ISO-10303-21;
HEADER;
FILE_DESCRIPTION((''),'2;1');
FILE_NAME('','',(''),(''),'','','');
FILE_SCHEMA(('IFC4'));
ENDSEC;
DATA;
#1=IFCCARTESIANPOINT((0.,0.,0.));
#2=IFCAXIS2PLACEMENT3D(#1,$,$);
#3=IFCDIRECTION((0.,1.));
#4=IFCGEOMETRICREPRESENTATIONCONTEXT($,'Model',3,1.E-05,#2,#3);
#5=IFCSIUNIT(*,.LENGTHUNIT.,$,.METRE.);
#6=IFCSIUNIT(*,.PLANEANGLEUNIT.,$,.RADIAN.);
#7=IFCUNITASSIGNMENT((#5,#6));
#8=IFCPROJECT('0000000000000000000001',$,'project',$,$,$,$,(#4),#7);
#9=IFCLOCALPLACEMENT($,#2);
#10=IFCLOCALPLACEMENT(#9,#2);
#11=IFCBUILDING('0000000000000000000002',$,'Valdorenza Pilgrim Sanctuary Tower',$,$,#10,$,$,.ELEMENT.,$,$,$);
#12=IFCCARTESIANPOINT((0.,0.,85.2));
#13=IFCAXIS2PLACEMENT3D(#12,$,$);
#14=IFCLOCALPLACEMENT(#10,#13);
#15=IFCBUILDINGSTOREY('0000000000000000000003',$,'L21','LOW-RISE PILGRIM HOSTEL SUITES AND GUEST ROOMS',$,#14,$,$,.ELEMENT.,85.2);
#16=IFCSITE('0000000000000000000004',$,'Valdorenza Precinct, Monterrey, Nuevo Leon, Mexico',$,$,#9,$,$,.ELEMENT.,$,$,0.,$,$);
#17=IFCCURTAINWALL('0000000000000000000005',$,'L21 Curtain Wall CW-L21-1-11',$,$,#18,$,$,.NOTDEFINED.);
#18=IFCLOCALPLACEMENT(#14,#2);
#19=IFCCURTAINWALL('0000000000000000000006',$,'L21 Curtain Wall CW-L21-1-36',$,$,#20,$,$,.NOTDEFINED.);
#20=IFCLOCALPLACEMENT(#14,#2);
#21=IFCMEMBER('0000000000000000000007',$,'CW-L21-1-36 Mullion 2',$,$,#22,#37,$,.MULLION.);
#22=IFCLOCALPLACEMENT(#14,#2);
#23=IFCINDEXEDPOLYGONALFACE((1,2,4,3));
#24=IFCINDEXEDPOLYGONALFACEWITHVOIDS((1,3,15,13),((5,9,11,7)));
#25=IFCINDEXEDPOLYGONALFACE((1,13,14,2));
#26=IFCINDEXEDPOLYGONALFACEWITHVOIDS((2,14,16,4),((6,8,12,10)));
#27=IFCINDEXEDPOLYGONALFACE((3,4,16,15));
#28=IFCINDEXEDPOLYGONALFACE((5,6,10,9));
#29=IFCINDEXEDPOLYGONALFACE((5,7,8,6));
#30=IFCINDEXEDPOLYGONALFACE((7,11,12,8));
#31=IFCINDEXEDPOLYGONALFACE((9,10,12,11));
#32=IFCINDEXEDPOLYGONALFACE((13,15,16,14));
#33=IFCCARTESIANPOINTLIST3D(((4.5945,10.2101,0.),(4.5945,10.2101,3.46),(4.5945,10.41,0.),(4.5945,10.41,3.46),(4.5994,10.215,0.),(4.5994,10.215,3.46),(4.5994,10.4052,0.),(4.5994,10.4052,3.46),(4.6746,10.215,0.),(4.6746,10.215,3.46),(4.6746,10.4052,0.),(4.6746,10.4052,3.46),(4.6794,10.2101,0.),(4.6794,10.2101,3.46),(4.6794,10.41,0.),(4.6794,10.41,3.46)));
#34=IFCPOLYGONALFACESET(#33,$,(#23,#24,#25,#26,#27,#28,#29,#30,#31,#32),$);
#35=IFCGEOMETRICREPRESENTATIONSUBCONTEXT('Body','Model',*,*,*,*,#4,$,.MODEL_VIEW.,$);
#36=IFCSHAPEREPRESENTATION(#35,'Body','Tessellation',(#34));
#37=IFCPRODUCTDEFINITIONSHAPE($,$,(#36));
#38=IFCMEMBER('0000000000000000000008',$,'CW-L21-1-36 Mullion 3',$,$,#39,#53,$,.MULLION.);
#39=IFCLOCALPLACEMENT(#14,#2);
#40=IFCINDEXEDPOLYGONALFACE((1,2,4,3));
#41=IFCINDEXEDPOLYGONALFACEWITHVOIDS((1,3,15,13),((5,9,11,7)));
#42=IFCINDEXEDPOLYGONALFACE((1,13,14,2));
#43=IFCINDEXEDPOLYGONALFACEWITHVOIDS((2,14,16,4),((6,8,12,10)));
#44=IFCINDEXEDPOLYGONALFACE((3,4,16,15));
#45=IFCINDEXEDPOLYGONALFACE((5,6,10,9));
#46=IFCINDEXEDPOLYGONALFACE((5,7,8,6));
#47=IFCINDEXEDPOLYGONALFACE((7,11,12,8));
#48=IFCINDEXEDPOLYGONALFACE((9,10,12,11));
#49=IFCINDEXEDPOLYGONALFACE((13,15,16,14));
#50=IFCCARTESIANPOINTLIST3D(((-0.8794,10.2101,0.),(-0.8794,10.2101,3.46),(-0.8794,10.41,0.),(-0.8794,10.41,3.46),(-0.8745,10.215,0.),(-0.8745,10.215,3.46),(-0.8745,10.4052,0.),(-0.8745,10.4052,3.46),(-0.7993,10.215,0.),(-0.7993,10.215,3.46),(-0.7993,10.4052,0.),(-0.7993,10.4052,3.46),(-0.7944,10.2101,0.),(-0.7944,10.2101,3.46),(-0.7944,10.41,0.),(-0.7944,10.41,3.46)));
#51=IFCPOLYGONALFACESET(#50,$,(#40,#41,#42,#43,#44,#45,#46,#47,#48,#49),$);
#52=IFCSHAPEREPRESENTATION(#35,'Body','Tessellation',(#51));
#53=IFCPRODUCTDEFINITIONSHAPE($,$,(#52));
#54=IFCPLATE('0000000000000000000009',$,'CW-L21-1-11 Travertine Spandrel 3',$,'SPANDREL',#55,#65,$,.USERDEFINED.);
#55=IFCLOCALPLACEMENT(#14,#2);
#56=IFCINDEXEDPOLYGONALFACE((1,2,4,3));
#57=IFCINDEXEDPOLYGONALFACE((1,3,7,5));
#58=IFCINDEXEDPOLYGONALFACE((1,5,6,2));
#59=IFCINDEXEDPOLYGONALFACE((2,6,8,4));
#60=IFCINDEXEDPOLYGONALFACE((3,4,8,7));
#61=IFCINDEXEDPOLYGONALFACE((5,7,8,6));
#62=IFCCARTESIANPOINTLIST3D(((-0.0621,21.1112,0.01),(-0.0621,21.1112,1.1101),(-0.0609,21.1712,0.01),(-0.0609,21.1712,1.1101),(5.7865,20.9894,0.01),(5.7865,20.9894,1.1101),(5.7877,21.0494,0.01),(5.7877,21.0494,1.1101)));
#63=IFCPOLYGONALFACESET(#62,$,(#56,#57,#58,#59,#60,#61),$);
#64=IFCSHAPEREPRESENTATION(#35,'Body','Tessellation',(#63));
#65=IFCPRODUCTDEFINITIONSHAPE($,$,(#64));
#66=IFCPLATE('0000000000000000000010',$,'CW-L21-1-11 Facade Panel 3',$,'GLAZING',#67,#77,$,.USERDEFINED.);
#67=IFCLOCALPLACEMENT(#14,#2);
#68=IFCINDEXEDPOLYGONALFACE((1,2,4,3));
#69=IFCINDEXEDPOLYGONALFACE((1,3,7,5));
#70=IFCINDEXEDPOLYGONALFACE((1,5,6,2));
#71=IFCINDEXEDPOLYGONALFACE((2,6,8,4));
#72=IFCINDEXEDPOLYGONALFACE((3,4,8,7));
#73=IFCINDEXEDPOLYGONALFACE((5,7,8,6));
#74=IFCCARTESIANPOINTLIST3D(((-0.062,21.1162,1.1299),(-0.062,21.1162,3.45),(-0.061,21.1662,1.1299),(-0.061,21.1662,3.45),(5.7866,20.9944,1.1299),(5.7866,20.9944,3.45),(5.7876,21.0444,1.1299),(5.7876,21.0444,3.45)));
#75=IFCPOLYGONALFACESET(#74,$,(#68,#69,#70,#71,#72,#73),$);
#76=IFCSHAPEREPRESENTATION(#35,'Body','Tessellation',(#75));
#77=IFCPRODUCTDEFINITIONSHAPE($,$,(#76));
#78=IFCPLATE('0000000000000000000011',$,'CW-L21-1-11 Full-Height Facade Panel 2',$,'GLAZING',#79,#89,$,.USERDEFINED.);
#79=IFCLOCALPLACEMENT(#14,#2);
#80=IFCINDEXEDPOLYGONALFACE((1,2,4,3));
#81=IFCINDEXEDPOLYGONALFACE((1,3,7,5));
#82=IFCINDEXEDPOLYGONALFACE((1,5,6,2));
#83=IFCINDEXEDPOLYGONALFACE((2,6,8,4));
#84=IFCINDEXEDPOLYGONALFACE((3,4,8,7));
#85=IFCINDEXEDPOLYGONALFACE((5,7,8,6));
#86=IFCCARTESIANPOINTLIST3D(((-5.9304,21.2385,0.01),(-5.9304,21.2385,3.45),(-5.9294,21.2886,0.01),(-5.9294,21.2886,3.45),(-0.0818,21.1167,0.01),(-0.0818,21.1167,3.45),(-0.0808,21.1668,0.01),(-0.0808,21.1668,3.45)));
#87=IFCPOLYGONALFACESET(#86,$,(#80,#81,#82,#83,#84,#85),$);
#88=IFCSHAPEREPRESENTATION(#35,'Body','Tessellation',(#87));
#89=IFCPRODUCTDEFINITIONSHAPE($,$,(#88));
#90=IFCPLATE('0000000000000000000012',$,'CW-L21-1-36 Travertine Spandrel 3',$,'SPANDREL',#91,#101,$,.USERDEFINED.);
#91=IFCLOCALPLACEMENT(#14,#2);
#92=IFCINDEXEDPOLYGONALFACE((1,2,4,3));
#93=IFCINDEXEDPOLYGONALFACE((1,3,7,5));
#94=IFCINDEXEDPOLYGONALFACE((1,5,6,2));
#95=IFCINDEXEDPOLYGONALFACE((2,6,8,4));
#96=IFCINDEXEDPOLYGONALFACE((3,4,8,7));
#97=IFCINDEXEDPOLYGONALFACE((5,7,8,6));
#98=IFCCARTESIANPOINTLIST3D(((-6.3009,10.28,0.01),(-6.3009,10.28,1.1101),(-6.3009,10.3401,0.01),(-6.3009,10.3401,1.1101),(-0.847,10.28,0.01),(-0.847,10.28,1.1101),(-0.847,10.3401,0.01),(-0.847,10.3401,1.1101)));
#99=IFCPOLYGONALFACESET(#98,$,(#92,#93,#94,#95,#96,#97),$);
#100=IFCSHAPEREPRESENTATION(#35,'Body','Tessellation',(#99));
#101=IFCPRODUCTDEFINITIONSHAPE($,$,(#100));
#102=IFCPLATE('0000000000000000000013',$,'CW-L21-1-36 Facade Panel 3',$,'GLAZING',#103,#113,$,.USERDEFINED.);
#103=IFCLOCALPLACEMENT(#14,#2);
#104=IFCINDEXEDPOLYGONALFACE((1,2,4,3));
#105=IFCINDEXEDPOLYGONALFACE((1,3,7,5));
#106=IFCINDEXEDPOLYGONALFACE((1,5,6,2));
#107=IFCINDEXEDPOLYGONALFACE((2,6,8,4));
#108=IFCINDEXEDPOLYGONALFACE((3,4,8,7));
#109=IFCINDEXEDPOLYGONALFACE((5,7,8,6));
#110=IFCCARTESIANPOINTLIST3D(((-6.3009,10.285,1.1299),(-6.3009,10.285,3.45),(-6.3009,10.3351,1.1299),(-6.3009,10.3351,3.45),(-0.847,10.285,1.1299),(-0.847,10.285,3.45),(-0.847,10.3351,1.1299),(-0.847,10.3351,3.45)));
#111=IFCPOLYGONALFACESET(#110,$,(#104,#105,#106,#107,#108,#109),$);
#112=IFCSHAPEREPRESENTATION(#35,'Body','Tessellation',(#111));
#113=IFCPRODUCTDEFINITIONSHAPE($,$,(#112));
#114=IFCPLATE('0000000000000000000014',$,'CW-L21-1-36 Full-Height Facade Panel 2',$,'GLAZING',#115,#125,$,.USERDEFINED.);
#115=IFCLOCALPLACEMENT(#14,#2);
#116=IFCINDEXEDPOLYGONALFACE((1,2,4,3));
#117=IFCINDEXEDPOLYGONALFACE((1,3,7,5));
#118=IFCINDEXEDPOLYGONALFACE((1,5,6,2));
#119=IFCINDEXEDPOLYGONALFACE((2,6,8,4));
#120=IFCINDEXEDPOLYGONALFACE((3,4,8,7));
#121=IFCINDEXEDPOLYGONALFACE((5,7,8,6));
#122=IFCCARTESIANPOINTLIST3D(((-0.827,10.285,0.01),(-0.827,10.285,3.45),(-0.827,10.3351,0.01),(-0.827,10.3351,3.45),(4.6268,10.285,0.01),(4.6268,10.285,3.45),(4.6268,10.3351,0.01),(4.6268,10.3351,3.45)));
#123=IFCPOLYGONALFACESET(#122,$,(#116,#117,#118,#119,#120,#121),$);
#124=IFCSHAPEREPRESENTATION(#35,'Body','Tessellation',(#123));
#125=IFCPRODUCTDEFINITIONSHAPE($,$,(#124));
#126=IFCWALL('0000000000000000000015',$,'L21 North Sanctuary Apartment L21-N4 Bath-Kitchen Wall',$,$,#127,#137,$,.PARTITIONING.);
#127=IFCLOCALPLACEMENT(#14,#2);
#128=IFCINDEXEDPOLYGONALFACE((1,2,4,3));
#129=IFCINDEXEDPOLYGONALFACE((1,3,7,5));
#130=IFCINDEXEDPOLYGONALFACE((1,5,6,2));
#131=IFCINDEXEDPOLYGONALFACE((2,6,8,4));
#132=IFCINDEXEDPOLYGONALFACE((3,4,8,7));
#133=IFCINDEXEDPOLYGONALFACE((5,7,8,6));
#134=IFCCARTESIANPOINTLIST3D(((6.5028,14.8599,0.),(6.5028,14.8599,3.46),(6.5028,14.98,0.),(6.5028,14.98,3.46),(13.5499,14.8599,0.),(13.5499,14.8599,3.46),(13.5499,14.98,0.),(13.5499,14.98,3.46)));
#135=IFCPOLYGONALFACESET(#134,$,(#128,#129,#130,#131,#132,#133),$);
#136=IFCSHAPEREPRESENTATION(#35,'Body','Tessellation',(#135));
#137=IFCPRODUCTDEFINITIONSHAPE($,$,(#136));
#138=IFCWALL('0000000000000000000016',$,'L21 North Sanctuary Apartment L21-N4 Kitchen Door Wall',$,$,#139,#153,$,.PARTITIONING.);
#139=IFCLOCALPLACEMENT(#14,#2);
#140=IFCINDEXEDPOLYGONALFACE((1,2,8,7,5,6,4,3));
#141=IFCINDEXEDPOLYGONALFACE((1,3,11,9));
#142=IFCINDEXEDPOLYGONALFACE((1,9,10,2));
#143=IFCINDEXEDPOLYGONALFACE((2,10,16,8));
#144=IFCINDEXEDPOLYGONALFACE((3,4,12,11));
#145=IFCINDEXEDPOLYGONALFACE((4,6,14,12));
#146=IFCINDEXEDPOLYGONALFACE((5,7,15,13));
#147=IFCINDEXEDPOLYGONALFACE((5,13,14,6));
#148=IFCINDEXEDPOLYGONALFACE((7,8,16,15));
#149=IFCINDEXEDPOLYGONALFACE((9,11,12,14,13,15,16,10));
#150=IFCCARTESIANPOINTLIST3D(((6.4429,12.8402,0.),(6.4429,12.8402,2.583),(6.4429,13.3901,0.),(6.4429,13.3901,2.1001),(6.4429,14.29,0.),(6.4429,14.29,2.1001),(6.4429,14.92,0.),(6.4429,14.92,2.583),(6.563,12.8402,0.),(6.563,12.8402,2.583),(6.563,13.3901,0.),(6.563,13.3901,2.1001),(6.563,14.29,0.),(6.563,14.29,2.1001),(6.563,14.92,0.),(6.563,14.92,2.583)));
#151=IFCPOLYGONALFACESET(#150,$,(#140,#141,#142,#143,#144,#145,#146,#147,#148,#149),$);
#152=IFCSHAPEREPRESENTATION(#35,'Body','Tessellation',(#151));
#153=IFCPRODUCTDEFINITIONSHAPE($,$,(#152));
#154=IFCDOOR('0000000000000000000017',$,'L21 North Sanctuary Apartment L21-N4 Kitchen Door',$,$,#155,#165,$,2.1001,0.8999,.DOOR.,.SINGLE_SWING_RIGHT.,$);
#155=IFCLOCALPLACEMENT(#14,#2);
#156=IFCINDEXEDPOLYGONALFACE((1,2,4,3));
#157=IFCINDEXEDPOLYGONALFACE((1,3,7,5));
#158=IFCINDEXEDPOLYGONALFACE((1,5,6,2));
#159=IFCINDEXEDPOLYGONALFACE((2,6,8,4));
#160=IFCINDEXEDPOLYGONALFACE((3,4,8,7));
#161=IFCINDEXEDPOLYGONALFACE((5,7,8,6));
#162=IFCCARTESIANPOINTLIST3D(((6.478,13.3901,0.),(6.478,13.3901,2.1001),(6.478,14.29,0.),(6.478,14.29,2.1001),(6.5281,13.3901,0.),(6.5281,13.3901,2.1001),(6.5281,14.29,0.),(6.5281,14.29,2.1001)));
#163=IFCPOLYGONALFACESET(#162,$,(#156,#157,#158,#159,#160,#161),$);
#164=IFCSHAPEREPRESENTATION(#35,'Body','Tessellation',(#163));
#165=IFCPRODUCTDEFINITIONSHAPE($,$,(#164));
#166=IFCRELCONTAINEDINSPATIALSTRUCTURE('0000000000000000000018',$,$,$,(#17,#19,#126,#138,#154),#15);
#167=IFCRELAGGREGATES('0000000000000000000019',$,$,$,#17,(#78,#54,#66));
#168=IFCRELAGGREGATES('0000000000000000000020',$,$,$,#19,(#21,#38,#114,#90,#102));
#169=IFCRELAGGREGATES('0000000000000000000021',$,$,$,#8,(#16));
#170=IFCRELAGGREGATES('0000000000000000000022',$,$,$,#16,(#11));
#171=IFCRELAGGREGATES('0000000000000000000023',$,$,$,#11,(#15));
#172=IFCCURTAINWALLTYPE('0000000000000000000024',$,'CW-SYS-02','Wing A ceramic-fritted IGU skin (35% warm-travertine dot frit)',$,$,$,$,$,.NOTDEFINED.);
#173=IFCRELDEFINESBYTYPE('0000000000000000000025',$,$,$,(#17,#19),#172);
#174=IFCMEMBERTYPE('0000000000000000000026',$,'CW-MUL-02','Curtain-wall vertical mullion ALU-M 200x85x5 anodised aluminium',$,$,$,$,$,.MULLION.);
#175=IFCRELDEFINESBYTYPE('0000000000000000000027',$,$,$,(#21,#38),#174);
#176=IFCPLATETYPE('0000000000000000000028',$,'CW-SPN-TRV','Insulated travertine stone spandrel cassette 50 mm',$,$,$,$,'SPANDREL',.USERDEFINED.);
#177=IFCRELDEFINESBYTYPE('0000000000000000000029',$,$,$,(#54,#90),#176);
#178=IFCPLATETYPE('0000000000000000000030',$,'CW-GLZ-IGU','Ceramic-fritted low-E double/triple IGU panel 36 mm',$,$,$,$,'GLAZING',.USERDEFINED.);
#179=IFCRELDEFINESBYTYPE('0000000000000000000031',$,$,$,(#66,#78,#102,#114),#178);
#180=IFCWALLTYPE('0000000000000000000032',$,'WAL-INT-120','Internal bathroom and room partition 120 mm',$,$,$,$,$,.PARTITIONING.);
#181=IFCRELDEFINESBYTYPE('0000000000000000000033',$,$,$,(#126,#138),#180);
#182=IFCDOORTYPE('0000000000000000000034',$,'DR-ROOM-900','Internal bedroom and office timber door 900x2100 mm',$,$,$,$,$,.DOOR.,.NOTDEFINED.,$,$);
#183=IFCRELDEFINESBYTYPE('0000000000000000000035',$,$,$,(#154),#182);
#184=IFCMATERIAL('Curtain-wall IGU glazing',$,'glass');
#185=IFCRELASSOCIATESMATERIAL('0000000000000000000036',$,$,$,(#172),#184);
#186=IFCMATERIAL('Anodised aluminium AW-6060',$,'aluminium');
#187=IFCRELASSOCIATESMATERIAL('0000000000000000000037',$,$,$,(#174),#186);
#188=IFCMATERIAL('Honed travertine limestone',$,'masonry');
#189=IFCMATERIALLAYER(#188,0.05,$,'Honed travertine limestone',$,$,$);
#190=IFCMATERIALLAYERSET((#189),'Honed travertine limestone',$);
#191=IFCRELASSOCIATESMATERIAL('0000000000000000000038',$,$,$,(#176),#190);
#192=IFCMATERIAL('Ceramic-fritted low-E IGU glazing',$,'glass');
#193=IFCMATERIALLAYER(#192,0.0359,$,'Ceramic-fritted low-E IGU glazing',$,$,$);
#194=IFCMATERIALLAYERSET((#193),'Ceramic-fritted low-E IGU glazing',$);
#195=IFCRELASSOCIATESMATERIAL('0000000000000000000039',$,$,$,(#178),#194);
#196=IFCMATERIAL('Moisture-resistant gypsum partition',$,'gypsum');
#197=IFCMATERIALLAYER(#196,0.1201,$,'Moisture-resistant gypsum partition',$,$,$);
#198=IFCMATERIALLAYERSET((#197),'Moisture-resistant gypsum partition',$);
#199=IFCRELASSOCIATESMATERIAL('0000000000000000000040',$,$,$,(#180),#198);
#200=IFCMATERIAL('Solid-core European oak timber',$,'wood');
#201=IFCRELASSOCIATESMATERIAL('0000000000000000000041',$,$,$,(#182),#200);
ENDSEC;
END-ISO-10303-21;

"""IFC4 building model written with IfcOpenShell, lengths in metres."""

from ifc_helpers import new_model, si_unit, direction, frame, frame_2d, origin, origin_2d, place, context, subcontext, project, spatial, rectangle, hollow_rectangle, extrude, source, transform, mapped, material, layer, layer_set, material_profile, profile_set, type_object, element, fill, aggregate, save


model = new_model("IFC4")

# Units and contexts
model_context = context("Model", 3, precision=1e-05, world=origin(), true_north=direction((0.0, 1.0)))
body_context = subcontext(model_context, "Body", "Model", "MODEL_VIEW")
ifc_project = project(units=[si_unit("LENGTHUNIT", "METRE"), si_unit("PLANEANGLEUNIT", "RADIAN")], contexts=[model_context])

# Site, building, storey
site_placement = place(None, origin())
site = spatial("IfcSite", under=ifc_project, at=site_placement, Name="Valdorenza Precinct, Monterrey, Nuevo Leon, Mexico", CompositionType="ELEMENT", RefElevation=0.0)
building_placement = place(site_placement, origin())
building = spatial("IfcBuilding", under=site, at=building_placement, Name="Valdorenza Pilgrim Sanctuary Tower", CompositionType="ELEMENT")
storey_placement = place(building_placement, frame((0.0, 0.0, 85.2)))
storey = spatial("IfcBuildingStorey", under=building, at=storey_placement, Name="L21", Description="LOW-RISE PILGRIM HOSTEL SUITES AND GUEST ROOMS", CompositionType="ELEMENT", Elevation=85.2)

# Curtain walls, members
ifc_material_1 = material(Name="Curtain-wall IGU glazing", Category="glass")
curtain_wall_type = type_object("IfcCurtainWallType", Name="CW-SYS-02", Description="Wing A ceramic-fritted IGU skin (35% warm-travertine dot frit)", PredefinedType="NOTDEFINED", material=ifc_material_1)
curtain_wall_1_placement = place(storey_placement, origin())
curtain_wall_1 = element("IfcCurtainWall", 1, at=curtain_wall_1_placement, inside=storey, type_object=curtain_wall_type, Name="L21 Curtain Wall CW-L21-1-11", PredefinedType="NOTDEFINED")
ifc_material_2 = material(Name="Anodised aluminium AW-6060", Category="aluminium")
ifc_material_profile_1 = material_profile(ifc_material_2, hollow_rectangle(XDim=0.085, YDim=0.2, WallThickness=0.0049, at=origin_2d()), Name="ALU-M 200x85x5")
ifc_profile_set_1 = profile_set([ifc_material_profile_1], Name="Anodised aluminium AW-6060")
member_type = type_object("IfcMemberType", Name="CW-MUL-02", Description="Curtain-wall vertical mullion ALU-M 200x85x5 anodised aluminium", PredefinedType="MULLION", material=ifc_profile_set_1)
shared_shape_1 = source(origin(), body_context, "Body", "SweptSolid", [
    extrude(hollow_rectangle(XDim=0.085, YDim=0.2, WallThickness=0.0049, at=origin_2d()), origin(), (0.0, 0.0, 1.0), 3.46),
])
curtain_wall_2_placement = place(storey_placement, origin())
curtain_wall_2 = element("IfcCurtainWall", 2, at=curtain_wall_2_placement, inside=storey, type_object=curtain_wall_type, Name="L21 Curtain Wall CW-L21-1-36", PredefinedType="NOTDEFINED")
member_1_placement = place(storey_placement, frame((4.637, 10.3101, 0.0), z_axis=(0.0, 0.0, 1.0), x_axis=(-1.0, 0.0, 0.0)))
member_1 = element("IfcMember", 3, at=member_1_placement, type_object=member_type, Name="CW-L21-1-36 Mullion 2", PredefinedType="MULLION", context=body_context, shape_type="MappedRepresentation", body=[
    mapped(shared_shape_1, transform((0.0, 0.0, 0.0), x_axis=(1.0, 0.0, 0.0), y_axis=(0.0, 1.0, 0.0), z_axis=(0.0, 0.0, 1.0), scale=1.0)),
])
member_2_placement = place(storey_placement, frame((-0.8369, 10.3101, 0.0), z_axis=(0.0, 0.0, 1.0), x_axis=(-1.0, 0.0, 0.0)))
member_2 = element("IfcMember", 4, at=member_2_placement, type_object=member_type, Name="CW-L21-1-36 Mullion 3", PredefinedType="MULLION", context=body_context, shape_type="MappedRepresentation", body=[
    mapped(shared_shape_1, transform((0.0, 0.0, 0.0), x_axis=(1.0, 0.0, 0.0), y_axis=(0.0, 1.0, 0.0), z_axis=(0.0, 0.0, 1.0), scale=1.0)),
])

# Plates
ifc_material_3 = material(Name="Honed travertine limestone", Category="masonry")
ifc_layer_1 = layer(ifc_material_3, 0.05, Name="Honed travertine limestone")
ifc_layer_set_1 = layer_set([ifc_layer_1], Name="Honed travertine limestone")
plate_type_1 = type_object("IfcPlateType", Name="CW-SPN-TRV", Description="Insulated travertine stone spandrel cassette 50 mm", ElementType="SPANDREL", PredefinedType="USERDEFINED", material=ifc_layer_set_1)
shared_shape_2 = source(origin(), body_context, "Body", "SweptSolid", [
    extrude(rectangle(XDim=5.8499, YDim=0.0601, at=origin_2d()), origin(), (0.0, 0.0, 1.0), 1.1001),
])
plate_1_placement = place(storey_placement, frame((2.8628, 21.0803, 0.01), z_axis=(0.0, 0.0, 1.0), x_axis=(0.999783, -0.02082, 0.0)))
plate_1 = element("IfcPlate", 5, at=plate_1_placement, type_object=plate_type_1, Name="CW-L21-1-11 Travertine Spandrel 3", ObjectType="SPANDREL", PredefinedType="USERDEFINED", context=body_context, shape_type="MappedRepresentation", body=[
    mapped(shared_shape_2, transform((0.0, 0.0, 0.0), x_axis=(1.0, 0.0, 0.0), y_axis=(0.0, 1.0, 0.0), z_axis=(0.0, 0.0, 1.0), scale=1.0)),
])
ifc_material_4 = material(Name="Ceramic-fritted low-E IGU glazing", Category="glass")
ifc_layer_2 = layer(ifc_material_4, 0.0359, Name="Ceramic-fritted low-E IGU glazing")
ifc_layer_set_2 = layer_set([ifc_layer_2], Name="Ceramic-fritted low-E IGU glazing")
plate_type_2 = type_object("IfcPlateType", Name="CW-GLZ-IGU", Description="Ceramic-fritted low-E double/triple IGU panel 36 mm", ElementType="GLAZING", PredefinedType="USERDEFINED", material=ifc_layer_set_2)
shared_shape_3 = source(origin(), body_context, "Body", "SweptSolid", [
    extrude(rectangle(XDim=5.8499, YDim=0.05, at=origin_2d()), origin(), (0.0, 0.0, 1.0), 2.3201),
])
plate_2_placement = place(storey_placement, frame((2.8628, 21.0803, 1.1299), z_axis=(0.0, 0.0, 1.0), x_axis=(0.999783, -0.02082, 0.0)))
plate_2 = element("IfcPlate", 6, at=plate_2_placement, type_object=plate_type_2, Name="CW-L21-1-11 Facade Panel 3", ObjectType="GLAZING", PredefinedType="USERDEFINED", context=body_context, shape_type="MappedRepresentation", body=[
    mapped(shared_shape_3, transform((0.0, 0.0, 0.0), x_axis=(1.0, 0.0, 0.0), y_axis=(0.0, 1.0, 0.0), z_axis=(0.0, 0.0, 1.0), scale=1.0)),
])
shared_shape_4 = source(origin(), body_context, "Body", "SweptSolid", [
    extrude(rectangle(XDim=5.8499, YDim=0.05, at=origin_2d()), origin(), (0.0, 0.0, 1.0), 3.4399),
])
plate_3_placement = place(storey_placement, frame((-3.0056, 21.2026, 0.01), z_axis=(0.0, 0.0, 1.0), x_axis=(0.999783, -0.02082, 0.0)))
plate_3 = element("IfcPlate", 7, at=plate_3_placement, type_object=plate_type_2, Name="CW-L21-1-11 Full-Height Facade Panel 2", ObjectType="GLAZING", PredefinedType="USERDEFINED", context=body_context, shape_type="MappedRepresentation", body=[
    mapped(shared_shape_4, transform((0.0, 0.0, 0.0), x_axis=(1.0, 0.0, 0.0), y_axis=(0.0, 1.0, 0.0), z_axis=(0.0, 0.0, 1.0), scale=1.0)),
])
aggregate(curtain_wall_1, [plate_3, plate_1, plate_2])
shared_shape_5 = source(origin(), body_context, "Body", "SweptSolid", [
    extrude(rectangle(XDim=5.4539, YDim=0.0601, at=origin_2d()), origin(), (0.0, 0.0, 1.0), 1.1001),
])
plate_4_placement = place(storey_placement, frame((-3.574, 10.3101, 0.01), z_axis=(0.0, 0.0, 1.0), x_axis=(-1.0, 0.0, 0.0)))
plate_4 = element("IfcPlate", 8, at=plate_4_placement, type_object=plate_type_1, Name="CW-L21-1-36 Travertine Spandrel 3", ObjectType="SPANDREL", PredefinedType="USERDEFINED", context=body_context, shape_type="MappedRepresentation", body=[
    mapped(shared_shape_5, transform((0.0, 0.0, 0.0), x_axis=(1.0, 0.0, 0.0), y_axis=(0.0, 1.0, 0.0), z_axis=(0.0, 0.0, 1.0), scale=1.0)),
])
shared_shape_6 = source(origin(), body_context, "Body", "SweptSolid", [
    extrude(rectangle(XDim=5.4539, YDim=0.05, at=origin_2d()), origin(), (0.0, 0.0, 1.0), 2.3201),
])
plate_5_placement = place(storey_placement, frame((-3.574, 10.3101, 1.1299), z_axis=(0.0, 0.0, 1.0), x_axis=(-1.0, 0.0, 0.0)))
plate_5 = element("IfcPlate", 9, at=plate_5_placement, type_object=plate_type_2, Name="CW-L21-1-36 Facade Panel 3", ObjectType="GLAZING", PredefinedType="USERDEFINED", context=body_context, shape_type="MappedRepresentation", body=[
    mapped(shared_shape_6, transform((0.0, 0.0, 0.0), x_axis=(1.0, 0.0, 0.0), y_axis=(0.0, 1.0, 0.0), z_axis=(0.0, 0.0, 1.0), scale=1.0)),
])
shared_shape_7 = source(origin(), body_context, "Body", "SweptSolid", [
    extrude(rectangle(XDim=5.4539, YDim=0.05, at=origin_2d()), origin(), (0.0, 0.0, 1.0), 3.4399),
])
plate_6_placement = place(storey_placement, frame((1.8999, 10.3101, 0.01), z_axis=(0.0, 0.0, 1.0), x_axis=(-1.0, 0.0, 0.0)))
plate_6 = element("IfcPlate", 10, at=plate_6_placement, type_object=plate_type_2, Name="CW-L21-1-36 Full-Height Facade Panel 2", ObjectType="GLAZING", PredefinedType="USERDEFINED", context=body_context, shape_type="MappedRepresentation", body=[
    mapped(shared_shape_7, transform((0.0, 0.0, 0.0), x_axis=(1.0, 0.0, 0.0), y_axis=(0.0, 1.0, 0.0), z_axis=(0.0, 0.0, 1.0), scale=1.0)),
])
aggregate(curtain_wall_2, [member_1, member_2, plate_6, plate_4, plate_5])

# Wall
ifc_material_5 = material(Name="Moisture-resistant gypsum partition", Category="gypsum")
ifc_layer_3 = layer(ifc_material_5, 0.1201, Name="Moisture-resistant gypsum partition")
ifc_layer_set_3 = layer_set([ifc_layer_3], Name="Moisture-resistant gypsum partition")
wall_type_1 = type_object("IfcWallType", Name="WAL-INT-120", Description="Internal bathroom and room partition 120 mm", PredefinedType="PARTITIONING", material=ifc_layer_set_3)
wall_1_placement = place(storey_placement, frame((6.5029, 14.9199, 0.0), z_axis=(0.0, 0.0, 1.0), x_axis=(1.0, 0.0, 0.0)))
element("IfcWall", 11, at=wall_1_placement, inside=storey, type_object=wall_type_1, Name="L21 North Sanctuary Apartment L21-N4 Bath-Kitchen Wall", PredefinedType="PARTITIONING", context=body_context, shape_type="SweptSolid", body=[
    extrude(rectangle(XDim=7.0471, YDim=0.1201, at=frame_2d((3.5234, 0.0))), origin(), (0.0, 0.0, 1.0), 3.46),
])

# Wall, opening, door
wall_2_placement = place(storey_placement, frame((6.5029, 12.8401, 0.0), z_axis=(0.0, 0.0, 1.0), x_axis=(0.0, 1.0, 0.0)))
wall_2 = element("IfcWall", 12, at=wall_2_placement, inside=storey, type_object=wall_type_1, Name="L21 North Sanctuary Apartment L21-N4 Kitchen Door Wall", PredefinedType="PARTITIONING", context=body_context, shape_type="SweptSolid", body=[
    extrude(rectangle(XDim=2.0798, YDim=0.1201, at=frame_2d((1.04, 0.0))), origin(), (0.0, 0.0, 1.0), 2.583),
])
opening_placement = place(wall_2_placement, frame((0.55, 0.0, 0.0)))
opening = element("IfcOpeningElement", 13, at=opening_placement, cuts=wall_2, PredefinedType="OPENING", context=body_context, shape_type="SweptSolid", body=[
    extrude(rectangle(XDim=0.8999, YDim=2.1001, at=frame_2d((0.45, 1.05))), frame((0.0, 0.075, 0.0), z_axis=(0.0, -1.0, 0.0), x_axis=(1.0, 0.0, 0.0)), (0.0, 0.0, 1.0), 0.1499),
])
ifc_material_6 = material(Name="Solid-core European oak timber", Category="wood")
door_type = type_object("IfcDoorType", Name="DR-ROOM-900", Description="Internal bedroom and office timber door 900x2100 mm", OperationType="NOTDEFINED", PredefinedType="DOOR", material=ifc_material_6)
door_placement = place(opening_placement, origin())
door = element("IfcDoor", 14, at=door_placement, inside=storey, type_object=door_type, Name="L21 North Sanctuary Apartment L21-N4 Kitchen Door", OperationType="SINGLE_SWING_RIGHT", OverallHeight=2.1001, OverallWidth=0.8999, PredefinedType="DOOR", context=body_context, shape_type="SweptSolid", body=[
    extrude(rectangle(XDim=0.8999, YDim=2.1001, at=frame_2d((0.45, 1.05))), frame((0.0, 0.0249, 0.0), z_axis=(0.0, -1.0, 0.0), x_axis=(1.0, 0.0, 0.0)), (0.0, 0.0, 1.0), 0.05),
])
fill(opening, door)

save(model, "model.ifc")
